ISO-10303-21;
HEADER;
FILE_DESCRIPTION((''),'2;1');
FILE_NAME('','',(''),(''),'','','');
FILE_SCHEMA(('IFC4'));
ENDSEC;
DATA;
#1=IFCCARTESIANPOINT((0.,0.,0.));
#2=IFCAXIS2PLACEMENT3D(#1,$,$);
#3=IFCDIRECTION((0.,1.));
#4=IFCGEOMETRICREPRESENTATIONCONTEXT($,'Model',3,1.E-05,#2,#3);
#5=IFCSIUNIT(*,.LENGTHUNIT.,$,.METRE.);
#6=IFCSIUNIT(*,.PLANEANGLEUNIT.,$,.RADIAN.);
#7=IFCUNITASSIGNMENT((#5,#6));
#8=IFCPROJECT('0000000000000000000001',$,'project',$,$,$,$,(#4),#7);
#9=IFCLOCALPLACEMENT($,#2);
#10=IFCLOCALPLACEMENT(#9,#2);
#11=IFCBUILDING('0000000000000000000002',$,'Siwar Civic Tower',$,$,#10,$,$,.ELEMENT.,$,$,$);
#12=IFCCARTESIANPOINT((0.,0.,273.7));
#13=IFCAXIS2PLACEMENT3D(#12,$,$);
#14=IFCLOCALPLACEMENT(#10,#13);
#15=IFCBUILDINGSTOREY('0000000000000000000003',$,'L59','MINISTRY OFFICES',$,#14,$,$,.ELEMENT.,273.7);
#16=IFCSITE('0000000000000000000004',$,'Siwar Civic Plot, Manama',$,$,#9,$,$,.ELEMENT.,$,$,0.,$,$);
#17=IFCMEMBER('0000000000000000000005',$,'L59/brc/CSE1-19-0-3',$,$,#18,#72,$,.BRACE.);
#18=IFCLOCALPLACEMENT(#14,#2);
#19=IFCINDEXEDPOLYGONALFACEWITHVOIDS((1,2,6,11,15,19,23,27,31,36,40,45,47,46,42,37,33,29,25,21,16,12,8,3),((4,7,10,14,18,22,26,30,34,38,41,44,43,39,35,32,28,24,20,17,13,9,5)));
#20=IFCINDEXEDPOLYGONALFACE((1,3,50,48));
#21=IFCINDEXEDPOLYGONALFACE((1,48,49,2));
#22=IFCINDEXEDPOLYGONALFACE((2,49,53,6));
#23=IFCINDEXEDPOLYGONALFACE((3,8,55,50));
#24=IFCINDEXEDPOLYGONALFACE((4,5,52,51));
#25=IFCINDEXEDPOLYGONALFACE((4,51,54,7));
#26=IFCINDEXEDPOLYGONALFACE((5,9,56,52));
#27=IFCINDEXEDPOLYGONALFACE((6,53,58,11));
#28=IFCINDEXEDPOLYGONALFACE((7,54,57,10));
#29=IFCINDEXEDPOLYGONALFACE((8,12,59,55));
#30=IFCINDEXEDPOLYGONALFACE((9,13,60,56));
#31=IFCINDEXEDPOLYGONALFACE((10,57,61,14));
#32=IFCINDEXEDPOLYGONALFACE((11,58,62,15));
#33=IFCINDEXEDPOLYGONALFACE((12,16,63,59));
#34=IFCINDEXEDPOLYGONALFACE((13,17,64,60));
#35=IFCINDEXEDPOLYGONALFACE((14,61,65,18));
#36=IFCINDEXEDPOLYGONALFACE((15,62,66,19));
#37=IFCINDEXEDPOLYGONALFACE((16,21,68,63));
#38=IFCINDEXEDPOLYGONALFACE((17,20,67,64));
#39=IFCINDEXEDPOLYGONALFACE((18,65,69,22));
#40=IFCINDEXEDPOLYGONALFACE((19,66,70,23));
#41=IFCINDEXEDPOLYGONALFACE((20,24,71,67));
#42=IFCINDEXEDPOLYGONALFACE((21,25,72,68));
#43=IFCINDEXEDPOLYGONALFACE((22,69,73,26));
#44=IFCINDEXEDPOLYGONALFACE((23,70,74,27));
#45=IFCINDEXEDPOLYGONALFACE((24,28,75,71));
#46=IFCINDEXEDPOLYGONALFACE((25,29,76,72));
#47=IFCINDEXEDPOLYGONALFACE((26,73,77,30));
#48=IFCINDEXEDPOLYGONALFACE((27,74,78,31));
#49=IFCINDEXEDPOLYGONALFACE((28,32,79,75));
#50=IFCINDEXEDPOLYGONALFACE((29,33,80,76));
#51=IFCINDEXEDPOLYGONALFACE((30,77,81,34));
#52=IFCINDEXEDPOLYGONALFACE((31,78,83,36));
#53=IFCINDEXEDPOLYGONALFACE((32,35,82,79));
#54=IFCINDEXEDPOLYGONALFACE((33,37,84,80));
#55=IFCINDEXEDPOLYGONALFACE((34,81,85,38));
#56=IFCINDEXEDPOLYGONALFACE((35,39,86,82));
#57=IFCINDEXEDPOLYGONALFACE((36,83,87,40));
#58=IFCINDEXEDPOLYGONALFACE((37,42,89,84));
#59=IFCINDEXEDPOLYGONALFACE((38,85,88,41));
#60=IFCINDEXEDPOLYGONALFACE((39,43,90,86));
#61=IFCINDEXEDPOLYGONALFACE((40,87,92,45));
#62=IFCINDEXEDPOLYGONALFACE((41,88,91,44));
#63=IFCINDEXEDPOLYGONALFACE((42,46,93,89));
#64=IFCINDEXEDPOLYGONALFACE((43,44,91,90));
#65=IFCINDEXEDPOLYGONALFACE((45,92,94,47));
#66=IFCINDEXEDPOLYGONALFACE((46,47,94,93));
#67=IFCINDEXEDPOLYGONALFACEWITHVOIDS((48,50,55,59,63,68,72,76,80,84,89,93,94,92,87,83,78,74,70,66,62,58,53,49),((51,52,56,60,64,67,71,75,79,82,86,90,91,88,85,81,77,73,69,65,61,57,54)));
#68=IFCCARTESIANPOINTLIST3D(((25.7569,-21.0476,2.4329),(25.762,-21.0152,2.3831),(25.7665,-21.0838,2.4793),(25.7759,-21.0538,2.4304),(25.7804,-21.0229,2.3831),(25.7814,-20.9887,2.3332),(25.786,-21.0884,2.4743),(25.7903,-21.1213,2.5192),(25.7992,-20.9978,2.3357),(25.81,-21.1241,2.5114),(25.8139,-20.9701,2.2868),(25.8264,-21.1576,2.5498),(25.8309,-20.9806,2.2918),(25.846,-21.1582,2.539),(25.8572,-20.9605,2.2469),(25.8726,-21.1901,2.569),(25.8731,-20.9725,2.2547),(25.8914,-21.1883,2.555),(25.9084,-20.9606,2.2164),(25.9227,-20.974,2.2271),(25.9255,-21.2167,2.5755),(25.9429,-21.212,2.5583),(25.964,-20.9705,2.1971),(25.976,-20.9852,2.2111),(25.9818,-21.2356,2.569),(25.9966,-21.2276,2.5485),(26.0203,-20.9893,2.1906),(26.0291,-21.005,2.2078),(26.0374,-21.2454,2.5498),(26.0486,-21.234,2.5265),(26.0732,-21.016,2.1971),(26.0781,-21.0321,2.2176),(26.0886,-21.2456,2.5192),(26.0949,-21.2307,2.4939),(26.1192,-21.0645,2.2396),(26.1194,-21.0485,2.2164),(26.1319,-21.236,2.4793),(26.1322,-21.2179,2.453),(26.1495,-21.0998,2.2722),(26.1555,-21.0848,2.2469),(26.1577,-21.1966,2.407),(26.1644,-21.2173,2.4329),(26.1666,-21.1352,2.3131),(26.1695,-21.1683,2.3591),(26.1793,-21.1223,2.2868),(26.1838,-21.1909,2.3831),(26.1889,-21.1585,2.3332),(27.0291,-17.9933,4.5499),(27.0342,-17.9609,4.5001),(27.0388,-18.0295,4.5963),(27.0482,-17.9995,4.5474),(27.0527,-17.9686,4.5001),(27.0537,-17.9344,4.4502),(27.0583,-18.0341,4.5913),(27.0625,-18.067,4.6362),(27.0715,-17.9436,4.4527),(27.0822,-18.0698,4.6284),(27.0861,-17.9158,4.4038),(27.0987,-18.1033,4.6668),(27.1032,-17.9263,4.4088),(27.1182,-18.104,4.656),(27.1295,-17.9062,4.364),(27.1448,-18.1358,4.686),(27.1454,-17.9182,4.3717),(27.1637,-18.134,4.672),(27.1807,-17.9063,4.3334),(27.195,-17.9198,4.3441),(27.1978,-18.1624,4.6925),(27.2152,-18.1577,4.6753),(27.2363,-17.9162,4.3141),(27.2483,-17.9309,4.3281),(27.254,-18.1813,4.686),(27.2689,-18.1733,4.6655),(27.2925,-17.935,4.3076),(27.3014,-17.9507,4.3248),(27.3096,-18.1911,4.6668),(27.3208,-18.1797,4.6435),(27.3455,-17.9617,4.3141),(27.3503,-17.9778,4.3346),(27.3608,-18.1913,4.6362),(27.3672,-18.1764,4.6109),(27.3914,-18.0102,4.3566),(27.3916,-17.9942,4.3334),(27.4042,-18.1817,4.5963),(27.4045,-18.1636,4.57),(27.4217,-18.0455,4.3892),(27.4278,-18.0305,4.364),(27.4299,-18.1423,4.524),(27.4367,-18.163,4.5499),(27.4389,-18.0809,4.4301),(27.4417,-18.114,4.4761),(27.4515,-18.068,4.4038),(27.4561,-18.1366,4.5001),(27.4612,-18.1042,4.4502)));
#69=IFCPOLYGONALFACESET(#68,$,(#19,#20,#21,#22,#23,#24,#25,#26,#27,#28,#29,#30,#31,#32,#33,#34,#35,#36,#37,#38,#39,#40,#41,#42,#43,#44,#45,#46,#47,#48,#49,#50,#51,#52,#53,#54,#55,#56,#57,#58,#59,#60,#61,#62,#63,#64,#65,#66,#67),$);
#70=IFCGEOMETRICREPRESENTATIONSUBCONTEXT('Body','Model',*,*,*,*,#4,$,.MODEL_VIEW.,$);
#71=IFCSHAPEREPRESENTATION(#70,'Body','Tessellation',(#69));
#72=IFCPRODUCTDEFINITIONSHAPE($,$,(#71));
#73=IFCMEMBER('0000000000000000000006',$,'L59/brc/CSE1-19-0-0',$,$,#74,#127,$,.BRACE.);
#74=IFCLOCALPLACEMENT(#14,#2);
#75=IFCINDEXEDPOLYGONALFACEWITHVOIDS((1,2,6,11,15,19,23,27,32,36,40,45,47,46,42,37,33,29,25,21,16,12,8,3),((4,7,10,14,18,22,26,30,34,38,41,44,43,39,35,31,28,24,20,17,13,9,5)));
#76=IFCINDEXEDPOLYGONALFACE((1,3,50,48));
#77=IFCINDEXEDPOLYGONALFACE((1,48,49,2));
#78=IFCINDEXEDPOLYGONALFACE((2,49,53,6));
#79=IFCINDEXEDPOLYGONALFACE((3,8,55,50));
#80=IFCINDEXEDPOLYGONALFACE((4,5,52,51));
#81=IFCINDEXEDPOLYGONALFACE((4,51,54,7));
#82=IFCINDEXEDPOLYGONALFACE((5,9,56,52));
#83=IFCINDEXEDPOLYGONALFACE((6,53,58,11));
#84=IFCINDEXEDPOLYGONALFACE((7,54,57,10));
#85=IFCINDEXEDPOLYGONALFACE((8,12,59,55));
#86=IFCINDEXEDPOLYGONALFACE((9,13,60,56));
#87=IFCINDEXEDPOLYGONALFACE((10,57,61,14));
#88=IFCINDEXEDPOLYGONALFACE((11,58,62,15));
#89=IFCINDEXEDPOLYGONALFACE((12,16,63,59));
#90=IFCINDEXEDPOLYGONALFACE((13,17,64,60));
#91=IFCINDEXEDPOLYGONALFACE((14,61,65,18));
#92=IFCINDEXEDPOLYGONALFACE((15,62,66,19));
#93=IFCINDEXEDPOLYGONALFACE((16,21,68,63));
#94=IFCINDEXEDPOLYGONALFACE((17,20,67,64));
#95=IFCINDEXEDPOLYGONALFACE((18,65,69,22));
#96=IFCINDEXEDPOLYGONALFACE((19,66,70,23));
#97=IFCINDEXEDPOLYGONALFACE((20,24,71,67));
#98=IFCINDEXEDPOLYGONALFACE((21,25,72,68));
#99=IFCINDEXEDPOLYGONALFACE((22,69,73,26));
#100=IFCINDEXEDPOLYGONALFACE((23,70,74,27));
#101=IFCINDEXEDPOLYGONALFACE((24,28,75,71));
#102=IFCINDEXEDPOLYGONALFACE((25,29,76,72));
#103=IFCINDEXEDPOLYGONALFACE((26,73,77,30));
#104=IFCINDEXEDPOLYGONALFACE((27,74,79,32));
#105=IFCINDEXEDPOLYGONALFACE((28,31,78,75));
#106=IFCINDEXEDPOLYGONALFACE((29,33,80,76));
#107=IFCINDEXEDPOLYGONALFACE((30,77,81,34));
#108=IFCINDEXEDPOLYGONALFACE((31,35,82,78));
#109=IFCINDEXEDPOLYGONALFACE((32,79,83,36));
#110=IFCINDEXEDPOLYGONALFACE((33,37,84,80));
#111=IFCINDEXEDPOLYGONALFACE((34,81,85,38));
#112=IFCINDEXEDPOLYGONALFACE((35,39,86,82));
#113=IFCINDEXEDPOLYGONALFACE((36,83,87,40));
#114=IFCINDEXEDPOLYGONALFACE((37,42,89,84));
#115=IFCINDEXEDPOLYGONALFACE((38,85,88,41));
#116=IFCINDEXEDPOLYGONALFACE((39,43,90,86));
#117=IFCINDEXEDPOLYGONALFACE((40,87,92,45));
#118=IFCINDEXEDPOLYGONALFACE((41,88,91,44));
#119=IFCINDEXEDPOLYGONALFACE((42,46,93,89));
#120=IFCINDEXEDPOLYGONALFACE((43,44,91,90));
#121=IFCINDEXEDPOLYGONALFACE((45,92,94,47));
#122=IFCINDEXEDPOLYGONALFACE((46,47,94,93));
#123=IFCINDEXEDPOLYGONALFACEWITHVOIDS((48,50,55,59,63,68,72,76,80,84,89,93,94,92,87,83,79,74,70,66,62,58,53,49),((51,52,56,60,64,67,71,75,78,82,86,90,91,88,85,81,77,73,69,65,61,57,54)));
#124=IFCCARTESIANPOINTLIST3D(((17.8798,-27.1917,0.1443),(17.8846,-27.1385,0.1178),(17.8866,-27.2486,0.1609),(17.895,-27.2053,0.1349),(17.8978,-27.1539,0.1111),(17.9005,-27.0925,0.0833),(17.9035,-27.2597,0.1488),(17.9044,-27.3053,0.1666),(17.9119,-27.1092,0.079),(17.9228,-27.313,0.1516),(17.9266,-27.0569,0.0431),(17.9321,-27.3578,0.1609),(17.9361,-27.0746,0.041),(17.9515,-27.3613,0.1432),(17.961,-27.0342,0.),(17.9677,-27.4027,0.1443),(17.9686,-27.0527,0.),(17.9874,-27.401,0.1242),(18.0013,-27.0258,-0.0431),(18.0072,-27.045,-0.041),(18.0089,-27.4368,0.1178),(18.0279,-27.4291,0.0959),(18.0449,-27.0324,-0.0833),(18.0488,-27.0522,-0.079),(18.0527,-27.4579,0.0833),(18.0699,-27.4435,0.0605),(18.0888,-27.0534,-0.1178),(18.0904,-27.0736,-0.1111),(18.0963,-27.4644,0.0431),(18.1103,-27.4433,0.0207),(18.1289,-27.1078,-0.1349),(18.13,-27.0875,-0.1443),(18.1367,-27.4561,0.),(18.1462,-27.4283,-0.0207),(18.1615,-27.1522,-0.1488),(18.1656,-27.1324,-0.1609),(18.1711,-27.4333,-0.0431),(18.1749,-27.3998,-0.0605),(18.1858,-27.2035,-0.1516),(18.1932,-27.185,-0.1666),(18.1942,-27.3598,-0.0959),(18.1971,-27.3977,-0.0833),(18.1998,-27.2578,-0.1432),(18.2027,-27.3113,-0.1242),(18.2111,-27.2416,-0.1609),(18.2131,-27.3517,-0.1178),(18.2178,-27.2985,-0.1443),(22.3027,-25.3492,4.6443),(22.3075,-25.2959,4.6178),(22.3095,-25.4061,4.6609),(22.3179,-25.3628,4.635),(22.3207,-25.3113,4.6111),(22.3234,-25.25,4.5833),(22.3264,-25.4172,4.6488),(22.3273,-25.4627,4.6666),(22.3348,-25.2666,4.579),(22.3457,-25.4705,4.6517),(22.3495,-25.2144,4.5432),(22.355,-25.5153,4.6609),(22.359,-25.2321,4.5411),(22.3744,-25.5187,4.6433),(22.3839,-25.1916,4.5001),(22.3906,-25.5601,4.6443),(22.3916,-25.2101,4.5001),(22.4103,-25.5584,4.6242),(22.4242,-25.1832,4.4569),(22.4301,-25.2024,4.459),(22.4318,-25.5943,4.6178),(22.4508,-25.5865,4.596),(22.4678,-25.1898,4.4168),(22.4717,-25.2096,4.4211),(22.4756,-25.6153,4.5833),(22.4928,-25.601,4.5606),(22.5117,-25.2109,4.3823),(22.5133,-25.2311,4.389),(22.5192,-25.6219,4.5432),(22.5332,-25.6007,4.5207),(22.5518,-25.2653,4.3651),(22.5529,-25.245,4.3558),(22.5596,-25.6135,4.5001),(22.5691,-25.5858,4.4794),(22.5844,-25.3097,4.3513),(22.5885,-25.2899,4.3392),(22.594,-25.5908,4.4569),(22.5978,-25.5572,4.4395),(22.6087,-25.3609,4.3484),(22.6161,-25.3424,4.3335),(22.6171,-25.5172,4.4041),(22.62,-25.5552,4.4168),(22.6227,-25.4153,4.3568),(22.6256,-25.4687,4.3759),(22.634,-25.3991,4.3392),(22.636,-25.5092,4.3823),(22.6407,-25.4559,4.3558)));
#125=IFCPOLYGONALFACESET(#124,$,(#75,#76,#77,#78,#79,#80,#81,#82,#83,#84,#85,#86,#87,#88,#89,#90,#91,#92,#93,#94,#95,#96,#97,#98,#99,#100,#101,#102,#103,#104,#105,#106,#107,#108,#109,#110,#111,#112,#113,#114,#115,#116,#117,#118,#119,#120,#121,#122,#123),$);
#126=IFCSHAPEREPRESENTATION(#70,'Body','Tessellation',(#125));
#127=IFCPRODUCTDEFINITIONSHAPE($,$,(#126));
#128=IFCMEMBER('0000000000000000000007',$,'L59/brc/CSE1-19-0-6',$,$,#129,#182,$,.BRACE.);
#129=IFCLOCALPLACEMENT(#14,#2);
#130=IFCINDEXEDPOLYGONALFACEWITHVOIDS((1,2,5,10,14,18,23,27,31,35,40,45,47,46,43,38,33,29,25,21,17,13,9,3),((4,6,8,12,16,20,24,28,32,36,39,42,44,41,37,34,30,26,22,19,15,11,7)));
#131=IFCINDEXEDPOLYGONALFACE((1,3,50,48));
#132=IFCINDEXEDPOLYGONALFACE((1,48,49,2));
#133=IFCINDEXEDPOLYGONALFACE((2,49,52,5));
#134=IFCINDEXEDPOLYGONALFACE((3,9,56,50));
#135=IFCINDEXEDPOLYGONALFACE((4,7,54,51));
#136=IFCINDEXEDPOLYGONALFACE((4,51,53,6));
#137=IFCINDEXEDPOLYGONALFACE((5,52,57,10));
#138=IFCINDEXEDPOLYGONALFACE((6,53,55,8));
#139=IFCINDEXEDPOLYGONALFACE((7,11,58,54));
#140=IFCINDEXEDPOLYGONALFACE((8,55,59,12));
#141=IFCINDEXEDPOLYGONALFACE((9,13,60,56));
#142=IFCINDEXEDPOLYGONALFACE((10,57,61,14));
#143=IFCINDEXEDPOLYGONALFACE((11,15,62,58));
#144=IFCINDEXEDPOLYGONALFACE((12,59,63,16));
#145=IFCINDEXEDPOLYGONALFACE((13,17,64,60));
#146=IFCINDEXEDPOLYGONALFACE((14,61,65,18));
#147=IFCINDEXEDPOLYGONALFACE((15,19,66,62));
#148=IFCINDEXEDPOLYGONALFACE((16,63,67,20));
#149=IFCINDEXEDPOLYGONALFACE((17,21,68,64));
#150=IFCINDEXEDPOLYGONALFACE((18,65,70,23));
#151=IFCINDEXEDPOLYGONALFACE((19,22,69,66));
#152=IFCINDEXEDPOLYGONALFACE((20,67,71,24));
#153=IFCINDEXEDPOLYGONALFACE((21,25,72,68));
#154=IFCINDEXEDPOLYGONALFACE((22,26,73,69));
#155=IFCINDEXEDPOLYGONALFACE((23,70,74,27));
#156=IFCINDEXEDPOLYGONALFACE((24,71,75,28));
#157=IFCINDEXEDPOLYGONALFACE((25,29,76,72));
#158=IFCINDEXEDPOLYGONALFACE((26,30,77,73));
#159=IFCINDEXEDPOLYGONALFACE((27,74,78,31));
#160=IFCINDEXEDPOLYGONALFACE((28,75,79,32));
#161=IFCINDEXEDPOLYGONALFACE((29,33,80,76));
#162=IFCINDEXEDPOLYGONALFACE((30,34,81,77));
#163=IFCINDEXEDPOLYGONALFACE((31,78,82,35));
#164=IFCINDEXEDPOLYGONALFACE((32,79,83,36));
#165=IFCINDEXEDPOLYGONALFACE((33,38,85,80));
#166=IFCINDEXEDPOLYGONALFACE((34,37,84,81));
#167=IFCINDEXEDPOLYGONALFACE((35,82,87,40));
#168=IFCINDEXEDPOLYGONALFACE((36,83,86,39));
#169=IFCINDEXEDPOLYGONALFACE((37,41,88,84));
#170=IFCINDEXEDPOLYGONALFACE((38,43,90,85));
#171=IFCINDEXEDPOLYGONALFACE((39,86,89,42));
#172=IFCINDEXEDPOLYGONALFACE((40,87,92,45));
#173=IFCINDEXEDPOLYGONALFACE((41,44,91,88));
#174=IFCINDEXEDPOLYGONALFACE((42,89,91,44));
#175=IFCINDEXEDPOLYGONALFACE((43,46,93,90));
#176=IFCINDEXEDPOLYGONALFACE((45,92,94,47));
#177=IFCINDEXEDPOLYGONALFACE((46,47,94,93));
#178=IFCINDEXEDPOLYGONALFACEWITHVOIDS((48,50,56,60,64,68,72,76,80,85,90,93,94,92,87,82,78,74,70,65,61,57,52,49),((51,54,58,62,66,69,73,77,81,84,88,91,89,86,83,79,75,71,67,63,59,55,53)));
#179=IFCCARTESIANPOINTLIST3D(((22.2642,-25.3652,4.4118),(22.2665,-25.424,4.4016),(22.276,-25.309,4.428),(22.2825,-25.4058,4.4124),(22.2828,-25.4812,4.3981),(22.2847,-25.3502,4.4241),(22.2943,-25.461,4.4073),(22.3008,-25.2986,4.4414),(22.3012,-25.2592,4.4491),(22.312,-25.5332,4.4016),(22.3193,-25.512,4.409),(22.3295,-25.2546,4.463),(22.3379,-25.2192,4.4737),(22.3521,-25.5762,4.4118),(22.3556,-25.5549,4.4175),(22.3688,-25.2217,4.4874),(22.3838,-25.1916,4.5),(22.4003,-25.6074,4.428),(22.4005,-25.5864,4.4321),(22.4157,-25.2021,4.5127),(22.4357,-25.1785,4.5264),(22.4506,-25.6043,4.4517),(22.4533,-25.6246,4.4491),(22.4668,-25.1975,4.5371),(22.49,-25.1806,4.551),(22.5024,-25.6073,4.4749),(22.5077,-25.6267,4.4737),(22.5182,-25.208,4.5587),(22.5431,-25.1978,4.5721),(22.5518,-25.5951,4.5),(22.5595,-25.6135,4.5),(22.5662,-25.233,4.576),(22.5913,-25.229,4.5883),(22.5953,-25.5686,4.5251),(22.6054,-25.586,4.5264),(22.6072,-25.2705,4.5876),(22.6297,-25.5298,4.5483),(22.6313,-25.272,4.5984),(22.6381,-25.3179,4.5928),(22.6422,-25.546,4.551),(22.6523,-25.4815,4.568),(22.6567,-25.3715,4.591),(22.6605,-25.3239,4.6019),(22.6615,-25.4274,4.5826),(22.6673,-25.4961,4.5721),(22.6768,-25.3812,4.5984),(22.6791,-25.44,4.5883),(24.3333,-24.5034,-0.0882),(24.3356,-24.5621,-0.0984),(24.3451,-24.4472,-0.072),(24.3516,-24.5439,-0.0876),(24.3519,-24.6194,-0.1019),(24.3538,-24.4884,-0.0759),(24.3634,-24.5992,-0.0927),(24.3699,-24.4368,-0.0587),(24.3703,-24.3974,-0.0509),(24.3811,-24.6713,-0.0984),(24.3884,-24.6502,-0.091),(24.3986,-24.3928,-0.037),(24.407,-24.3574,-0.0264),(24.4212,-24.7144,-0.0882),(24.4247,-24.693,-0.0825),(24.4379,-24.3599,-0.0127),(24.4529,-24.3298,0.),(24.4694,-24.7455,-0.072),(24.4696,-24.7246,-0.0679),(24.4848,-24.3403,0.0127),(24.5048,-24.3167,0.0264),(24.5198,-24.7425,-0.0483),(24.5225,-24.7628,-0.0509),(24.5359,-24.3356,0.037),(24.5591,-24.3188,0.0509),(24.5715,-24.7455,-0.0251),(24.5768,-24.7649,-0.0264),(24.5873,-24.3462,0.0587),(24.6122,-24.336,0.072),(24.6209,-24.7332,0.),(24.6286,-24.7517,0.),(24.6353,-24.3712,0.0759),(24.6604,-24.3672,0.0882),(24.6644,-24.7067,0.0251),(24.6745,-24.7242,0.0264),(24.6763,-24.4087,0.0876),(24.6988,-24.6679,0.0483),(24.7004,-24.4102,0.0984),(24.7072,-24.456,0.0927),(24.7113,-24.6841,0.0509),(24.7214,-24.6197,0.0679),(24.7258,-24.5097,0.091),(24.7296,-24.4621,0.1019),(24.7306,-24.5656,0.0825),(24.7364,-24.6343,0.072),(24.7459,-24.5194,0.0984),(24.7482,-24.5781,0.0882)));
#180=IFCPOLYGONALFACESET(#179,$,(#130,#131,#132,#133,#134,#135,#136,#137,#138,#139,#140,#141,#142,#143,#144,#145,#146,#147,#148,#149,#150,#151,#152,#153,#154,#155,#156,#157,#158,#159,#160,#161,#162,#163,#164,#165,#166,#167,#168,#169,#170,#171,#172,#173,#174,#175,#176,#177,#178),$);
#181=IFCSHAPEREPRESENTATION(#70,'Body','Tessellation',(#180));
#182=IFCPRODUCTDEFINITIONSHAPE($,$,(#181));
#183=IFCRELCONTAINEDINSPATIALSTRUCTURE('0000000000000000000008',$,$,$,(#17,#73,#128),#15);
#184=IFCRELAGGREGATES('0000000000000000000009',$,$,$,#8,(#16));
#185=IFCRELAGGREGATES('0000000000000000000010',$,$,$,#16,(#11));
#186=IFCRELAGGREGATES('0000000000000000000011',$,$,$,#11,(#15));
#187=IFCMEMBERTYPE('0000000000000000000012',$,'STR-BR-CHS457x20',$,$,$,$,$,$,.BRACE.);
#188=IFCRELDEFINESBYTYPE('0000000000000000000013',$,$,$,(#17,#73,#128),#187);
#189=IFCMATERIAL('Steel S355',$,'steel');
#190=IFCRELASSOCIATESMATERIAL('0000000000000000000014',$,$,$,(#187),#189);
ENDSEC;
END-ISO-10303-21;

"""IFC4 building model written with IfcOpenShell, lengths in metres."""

from ifc_helpers import new_model, si_unit, direction, frame, origin, origin_2d, place, context, subcontext, project, spatial, hollow_circle, extrude, material, material_profile, profile_set, type_object, element, save


model = new_model("IFC4")

# Units and contexts
model_context = context("Model", 3, precision=1e-05, world=origin(), true_north=direction((0.0, 1.0)))
body_context = subcontext(model_context, "Body", "Model", "MODEL_VIEW")
ifc_project = project(units=[si_unit("LENGTHUNIT", "METRE"), si_unit("PLANEANGLEUNIT", "RADIAN")], contexts=[model_context])

# Site, building, storey
site_placement = place(None, origin())
site = spatial("IfcSite", under=ifc_project, at=site_placement, Name="Siwar Civic Plot, Manama", CompositionType="ELEMENT", RefElevation=0.0)
building_placement = place(site_placement, origin())
building = spatial("IfcBuilding", under=site, at=building_placement, Name="Siwar Civic Tower", CompositionType="ELEMENT")
storey_placement = place(building_placement, frame((0.0, 0.0, 273.7)))
storey = spatial("IfcBuildingStorey", under=building, at=storey_placement, Name="L59", Description="MINISTRY OFFICES", CompositionType="ELEMENT", Elevation=273.7)

# Members
ifc_material_1 = material(Name="Steel S355", Category="steel")
ifc_material_profile_1 = material_profile(ifc_material_1, hollow_circle(Radius=0.2285, WallThickness=0.02, at=origin_2d()), Name="CHS457x20")
ifc_profile_set_1 = profile_set([ifc_material_profile_1], Name="Steel S355")
member_type_1 = type_object("IfcMemberType", Name="STR-BR-CHS457x20", PredefinedType="BRACE", material=ifc_profile_set_1)
for number, where, z_axis, x_axis, name in (
    (1, (25.9729, -21.103, 2.3831), (0.323895, 0.777572, 0.538955), (-0.923116, 0.384521, 0.0), "L59/brc/CSE1-19-0-3"),
):
    element("IfcMember", number, at=place(storey_placement, frame(where, z_axis=z_axis, x_axis=x_axis)), inside=storey, type_object=member_type_1, Name=name, PredefinedType="BRACE", context=body_context, shape_type="SweptSolid", body=[
        extrude(hollow_circle(Radius=0.2285, WallThickness=0.02, at=origin_2d()), origin(), (0.0, 0.0, 1.0), 3.928),
    ])
member_1_placement = place(storey_placement, frame((18.0488, -27.2451, 0.0), z_axis=(0.672865, 0.280311, 0.684601), x_axis=(-0.384557, 0.923101, 0.0)))
element("IfcMember", 2, at=member_1_placement, inside=storey, type_object=member_type_1, Name="L59/brc/CSE1-19-0-0", PredefinedType="BRACE", context=body_context, shape_type="SweptSolid", body=[
    extrude(hollow_circle(Radius=0.2285, WallThickness=0.02, at=origin_2d()), origin(), (0.0, 0.0, 1.0), 6.5732),
])
member_2_placement = place(storey_placement, frame((24.5408, -24.5408, 0.0), z_axis=(-0.41157, -0.171427, 0.895111), x_axis=(0.384499, -0.923125, 0.0)))
element("IfcMember", 3, at=member_2_placement, inside=storey, type_object=member_type_1, Name="L59/brc/CSE1-19-0-6", PredefinedType="BRACE", context=body_context, shape_type="SweptSolid", body=[
    extrude(hollow_circle(Radius=0.2285, WallThickness=0.02, at=origin_2d()), origin(), (0.0, 0.0, 1.0), 5.0273),
])

save(model, "model.ifc")
